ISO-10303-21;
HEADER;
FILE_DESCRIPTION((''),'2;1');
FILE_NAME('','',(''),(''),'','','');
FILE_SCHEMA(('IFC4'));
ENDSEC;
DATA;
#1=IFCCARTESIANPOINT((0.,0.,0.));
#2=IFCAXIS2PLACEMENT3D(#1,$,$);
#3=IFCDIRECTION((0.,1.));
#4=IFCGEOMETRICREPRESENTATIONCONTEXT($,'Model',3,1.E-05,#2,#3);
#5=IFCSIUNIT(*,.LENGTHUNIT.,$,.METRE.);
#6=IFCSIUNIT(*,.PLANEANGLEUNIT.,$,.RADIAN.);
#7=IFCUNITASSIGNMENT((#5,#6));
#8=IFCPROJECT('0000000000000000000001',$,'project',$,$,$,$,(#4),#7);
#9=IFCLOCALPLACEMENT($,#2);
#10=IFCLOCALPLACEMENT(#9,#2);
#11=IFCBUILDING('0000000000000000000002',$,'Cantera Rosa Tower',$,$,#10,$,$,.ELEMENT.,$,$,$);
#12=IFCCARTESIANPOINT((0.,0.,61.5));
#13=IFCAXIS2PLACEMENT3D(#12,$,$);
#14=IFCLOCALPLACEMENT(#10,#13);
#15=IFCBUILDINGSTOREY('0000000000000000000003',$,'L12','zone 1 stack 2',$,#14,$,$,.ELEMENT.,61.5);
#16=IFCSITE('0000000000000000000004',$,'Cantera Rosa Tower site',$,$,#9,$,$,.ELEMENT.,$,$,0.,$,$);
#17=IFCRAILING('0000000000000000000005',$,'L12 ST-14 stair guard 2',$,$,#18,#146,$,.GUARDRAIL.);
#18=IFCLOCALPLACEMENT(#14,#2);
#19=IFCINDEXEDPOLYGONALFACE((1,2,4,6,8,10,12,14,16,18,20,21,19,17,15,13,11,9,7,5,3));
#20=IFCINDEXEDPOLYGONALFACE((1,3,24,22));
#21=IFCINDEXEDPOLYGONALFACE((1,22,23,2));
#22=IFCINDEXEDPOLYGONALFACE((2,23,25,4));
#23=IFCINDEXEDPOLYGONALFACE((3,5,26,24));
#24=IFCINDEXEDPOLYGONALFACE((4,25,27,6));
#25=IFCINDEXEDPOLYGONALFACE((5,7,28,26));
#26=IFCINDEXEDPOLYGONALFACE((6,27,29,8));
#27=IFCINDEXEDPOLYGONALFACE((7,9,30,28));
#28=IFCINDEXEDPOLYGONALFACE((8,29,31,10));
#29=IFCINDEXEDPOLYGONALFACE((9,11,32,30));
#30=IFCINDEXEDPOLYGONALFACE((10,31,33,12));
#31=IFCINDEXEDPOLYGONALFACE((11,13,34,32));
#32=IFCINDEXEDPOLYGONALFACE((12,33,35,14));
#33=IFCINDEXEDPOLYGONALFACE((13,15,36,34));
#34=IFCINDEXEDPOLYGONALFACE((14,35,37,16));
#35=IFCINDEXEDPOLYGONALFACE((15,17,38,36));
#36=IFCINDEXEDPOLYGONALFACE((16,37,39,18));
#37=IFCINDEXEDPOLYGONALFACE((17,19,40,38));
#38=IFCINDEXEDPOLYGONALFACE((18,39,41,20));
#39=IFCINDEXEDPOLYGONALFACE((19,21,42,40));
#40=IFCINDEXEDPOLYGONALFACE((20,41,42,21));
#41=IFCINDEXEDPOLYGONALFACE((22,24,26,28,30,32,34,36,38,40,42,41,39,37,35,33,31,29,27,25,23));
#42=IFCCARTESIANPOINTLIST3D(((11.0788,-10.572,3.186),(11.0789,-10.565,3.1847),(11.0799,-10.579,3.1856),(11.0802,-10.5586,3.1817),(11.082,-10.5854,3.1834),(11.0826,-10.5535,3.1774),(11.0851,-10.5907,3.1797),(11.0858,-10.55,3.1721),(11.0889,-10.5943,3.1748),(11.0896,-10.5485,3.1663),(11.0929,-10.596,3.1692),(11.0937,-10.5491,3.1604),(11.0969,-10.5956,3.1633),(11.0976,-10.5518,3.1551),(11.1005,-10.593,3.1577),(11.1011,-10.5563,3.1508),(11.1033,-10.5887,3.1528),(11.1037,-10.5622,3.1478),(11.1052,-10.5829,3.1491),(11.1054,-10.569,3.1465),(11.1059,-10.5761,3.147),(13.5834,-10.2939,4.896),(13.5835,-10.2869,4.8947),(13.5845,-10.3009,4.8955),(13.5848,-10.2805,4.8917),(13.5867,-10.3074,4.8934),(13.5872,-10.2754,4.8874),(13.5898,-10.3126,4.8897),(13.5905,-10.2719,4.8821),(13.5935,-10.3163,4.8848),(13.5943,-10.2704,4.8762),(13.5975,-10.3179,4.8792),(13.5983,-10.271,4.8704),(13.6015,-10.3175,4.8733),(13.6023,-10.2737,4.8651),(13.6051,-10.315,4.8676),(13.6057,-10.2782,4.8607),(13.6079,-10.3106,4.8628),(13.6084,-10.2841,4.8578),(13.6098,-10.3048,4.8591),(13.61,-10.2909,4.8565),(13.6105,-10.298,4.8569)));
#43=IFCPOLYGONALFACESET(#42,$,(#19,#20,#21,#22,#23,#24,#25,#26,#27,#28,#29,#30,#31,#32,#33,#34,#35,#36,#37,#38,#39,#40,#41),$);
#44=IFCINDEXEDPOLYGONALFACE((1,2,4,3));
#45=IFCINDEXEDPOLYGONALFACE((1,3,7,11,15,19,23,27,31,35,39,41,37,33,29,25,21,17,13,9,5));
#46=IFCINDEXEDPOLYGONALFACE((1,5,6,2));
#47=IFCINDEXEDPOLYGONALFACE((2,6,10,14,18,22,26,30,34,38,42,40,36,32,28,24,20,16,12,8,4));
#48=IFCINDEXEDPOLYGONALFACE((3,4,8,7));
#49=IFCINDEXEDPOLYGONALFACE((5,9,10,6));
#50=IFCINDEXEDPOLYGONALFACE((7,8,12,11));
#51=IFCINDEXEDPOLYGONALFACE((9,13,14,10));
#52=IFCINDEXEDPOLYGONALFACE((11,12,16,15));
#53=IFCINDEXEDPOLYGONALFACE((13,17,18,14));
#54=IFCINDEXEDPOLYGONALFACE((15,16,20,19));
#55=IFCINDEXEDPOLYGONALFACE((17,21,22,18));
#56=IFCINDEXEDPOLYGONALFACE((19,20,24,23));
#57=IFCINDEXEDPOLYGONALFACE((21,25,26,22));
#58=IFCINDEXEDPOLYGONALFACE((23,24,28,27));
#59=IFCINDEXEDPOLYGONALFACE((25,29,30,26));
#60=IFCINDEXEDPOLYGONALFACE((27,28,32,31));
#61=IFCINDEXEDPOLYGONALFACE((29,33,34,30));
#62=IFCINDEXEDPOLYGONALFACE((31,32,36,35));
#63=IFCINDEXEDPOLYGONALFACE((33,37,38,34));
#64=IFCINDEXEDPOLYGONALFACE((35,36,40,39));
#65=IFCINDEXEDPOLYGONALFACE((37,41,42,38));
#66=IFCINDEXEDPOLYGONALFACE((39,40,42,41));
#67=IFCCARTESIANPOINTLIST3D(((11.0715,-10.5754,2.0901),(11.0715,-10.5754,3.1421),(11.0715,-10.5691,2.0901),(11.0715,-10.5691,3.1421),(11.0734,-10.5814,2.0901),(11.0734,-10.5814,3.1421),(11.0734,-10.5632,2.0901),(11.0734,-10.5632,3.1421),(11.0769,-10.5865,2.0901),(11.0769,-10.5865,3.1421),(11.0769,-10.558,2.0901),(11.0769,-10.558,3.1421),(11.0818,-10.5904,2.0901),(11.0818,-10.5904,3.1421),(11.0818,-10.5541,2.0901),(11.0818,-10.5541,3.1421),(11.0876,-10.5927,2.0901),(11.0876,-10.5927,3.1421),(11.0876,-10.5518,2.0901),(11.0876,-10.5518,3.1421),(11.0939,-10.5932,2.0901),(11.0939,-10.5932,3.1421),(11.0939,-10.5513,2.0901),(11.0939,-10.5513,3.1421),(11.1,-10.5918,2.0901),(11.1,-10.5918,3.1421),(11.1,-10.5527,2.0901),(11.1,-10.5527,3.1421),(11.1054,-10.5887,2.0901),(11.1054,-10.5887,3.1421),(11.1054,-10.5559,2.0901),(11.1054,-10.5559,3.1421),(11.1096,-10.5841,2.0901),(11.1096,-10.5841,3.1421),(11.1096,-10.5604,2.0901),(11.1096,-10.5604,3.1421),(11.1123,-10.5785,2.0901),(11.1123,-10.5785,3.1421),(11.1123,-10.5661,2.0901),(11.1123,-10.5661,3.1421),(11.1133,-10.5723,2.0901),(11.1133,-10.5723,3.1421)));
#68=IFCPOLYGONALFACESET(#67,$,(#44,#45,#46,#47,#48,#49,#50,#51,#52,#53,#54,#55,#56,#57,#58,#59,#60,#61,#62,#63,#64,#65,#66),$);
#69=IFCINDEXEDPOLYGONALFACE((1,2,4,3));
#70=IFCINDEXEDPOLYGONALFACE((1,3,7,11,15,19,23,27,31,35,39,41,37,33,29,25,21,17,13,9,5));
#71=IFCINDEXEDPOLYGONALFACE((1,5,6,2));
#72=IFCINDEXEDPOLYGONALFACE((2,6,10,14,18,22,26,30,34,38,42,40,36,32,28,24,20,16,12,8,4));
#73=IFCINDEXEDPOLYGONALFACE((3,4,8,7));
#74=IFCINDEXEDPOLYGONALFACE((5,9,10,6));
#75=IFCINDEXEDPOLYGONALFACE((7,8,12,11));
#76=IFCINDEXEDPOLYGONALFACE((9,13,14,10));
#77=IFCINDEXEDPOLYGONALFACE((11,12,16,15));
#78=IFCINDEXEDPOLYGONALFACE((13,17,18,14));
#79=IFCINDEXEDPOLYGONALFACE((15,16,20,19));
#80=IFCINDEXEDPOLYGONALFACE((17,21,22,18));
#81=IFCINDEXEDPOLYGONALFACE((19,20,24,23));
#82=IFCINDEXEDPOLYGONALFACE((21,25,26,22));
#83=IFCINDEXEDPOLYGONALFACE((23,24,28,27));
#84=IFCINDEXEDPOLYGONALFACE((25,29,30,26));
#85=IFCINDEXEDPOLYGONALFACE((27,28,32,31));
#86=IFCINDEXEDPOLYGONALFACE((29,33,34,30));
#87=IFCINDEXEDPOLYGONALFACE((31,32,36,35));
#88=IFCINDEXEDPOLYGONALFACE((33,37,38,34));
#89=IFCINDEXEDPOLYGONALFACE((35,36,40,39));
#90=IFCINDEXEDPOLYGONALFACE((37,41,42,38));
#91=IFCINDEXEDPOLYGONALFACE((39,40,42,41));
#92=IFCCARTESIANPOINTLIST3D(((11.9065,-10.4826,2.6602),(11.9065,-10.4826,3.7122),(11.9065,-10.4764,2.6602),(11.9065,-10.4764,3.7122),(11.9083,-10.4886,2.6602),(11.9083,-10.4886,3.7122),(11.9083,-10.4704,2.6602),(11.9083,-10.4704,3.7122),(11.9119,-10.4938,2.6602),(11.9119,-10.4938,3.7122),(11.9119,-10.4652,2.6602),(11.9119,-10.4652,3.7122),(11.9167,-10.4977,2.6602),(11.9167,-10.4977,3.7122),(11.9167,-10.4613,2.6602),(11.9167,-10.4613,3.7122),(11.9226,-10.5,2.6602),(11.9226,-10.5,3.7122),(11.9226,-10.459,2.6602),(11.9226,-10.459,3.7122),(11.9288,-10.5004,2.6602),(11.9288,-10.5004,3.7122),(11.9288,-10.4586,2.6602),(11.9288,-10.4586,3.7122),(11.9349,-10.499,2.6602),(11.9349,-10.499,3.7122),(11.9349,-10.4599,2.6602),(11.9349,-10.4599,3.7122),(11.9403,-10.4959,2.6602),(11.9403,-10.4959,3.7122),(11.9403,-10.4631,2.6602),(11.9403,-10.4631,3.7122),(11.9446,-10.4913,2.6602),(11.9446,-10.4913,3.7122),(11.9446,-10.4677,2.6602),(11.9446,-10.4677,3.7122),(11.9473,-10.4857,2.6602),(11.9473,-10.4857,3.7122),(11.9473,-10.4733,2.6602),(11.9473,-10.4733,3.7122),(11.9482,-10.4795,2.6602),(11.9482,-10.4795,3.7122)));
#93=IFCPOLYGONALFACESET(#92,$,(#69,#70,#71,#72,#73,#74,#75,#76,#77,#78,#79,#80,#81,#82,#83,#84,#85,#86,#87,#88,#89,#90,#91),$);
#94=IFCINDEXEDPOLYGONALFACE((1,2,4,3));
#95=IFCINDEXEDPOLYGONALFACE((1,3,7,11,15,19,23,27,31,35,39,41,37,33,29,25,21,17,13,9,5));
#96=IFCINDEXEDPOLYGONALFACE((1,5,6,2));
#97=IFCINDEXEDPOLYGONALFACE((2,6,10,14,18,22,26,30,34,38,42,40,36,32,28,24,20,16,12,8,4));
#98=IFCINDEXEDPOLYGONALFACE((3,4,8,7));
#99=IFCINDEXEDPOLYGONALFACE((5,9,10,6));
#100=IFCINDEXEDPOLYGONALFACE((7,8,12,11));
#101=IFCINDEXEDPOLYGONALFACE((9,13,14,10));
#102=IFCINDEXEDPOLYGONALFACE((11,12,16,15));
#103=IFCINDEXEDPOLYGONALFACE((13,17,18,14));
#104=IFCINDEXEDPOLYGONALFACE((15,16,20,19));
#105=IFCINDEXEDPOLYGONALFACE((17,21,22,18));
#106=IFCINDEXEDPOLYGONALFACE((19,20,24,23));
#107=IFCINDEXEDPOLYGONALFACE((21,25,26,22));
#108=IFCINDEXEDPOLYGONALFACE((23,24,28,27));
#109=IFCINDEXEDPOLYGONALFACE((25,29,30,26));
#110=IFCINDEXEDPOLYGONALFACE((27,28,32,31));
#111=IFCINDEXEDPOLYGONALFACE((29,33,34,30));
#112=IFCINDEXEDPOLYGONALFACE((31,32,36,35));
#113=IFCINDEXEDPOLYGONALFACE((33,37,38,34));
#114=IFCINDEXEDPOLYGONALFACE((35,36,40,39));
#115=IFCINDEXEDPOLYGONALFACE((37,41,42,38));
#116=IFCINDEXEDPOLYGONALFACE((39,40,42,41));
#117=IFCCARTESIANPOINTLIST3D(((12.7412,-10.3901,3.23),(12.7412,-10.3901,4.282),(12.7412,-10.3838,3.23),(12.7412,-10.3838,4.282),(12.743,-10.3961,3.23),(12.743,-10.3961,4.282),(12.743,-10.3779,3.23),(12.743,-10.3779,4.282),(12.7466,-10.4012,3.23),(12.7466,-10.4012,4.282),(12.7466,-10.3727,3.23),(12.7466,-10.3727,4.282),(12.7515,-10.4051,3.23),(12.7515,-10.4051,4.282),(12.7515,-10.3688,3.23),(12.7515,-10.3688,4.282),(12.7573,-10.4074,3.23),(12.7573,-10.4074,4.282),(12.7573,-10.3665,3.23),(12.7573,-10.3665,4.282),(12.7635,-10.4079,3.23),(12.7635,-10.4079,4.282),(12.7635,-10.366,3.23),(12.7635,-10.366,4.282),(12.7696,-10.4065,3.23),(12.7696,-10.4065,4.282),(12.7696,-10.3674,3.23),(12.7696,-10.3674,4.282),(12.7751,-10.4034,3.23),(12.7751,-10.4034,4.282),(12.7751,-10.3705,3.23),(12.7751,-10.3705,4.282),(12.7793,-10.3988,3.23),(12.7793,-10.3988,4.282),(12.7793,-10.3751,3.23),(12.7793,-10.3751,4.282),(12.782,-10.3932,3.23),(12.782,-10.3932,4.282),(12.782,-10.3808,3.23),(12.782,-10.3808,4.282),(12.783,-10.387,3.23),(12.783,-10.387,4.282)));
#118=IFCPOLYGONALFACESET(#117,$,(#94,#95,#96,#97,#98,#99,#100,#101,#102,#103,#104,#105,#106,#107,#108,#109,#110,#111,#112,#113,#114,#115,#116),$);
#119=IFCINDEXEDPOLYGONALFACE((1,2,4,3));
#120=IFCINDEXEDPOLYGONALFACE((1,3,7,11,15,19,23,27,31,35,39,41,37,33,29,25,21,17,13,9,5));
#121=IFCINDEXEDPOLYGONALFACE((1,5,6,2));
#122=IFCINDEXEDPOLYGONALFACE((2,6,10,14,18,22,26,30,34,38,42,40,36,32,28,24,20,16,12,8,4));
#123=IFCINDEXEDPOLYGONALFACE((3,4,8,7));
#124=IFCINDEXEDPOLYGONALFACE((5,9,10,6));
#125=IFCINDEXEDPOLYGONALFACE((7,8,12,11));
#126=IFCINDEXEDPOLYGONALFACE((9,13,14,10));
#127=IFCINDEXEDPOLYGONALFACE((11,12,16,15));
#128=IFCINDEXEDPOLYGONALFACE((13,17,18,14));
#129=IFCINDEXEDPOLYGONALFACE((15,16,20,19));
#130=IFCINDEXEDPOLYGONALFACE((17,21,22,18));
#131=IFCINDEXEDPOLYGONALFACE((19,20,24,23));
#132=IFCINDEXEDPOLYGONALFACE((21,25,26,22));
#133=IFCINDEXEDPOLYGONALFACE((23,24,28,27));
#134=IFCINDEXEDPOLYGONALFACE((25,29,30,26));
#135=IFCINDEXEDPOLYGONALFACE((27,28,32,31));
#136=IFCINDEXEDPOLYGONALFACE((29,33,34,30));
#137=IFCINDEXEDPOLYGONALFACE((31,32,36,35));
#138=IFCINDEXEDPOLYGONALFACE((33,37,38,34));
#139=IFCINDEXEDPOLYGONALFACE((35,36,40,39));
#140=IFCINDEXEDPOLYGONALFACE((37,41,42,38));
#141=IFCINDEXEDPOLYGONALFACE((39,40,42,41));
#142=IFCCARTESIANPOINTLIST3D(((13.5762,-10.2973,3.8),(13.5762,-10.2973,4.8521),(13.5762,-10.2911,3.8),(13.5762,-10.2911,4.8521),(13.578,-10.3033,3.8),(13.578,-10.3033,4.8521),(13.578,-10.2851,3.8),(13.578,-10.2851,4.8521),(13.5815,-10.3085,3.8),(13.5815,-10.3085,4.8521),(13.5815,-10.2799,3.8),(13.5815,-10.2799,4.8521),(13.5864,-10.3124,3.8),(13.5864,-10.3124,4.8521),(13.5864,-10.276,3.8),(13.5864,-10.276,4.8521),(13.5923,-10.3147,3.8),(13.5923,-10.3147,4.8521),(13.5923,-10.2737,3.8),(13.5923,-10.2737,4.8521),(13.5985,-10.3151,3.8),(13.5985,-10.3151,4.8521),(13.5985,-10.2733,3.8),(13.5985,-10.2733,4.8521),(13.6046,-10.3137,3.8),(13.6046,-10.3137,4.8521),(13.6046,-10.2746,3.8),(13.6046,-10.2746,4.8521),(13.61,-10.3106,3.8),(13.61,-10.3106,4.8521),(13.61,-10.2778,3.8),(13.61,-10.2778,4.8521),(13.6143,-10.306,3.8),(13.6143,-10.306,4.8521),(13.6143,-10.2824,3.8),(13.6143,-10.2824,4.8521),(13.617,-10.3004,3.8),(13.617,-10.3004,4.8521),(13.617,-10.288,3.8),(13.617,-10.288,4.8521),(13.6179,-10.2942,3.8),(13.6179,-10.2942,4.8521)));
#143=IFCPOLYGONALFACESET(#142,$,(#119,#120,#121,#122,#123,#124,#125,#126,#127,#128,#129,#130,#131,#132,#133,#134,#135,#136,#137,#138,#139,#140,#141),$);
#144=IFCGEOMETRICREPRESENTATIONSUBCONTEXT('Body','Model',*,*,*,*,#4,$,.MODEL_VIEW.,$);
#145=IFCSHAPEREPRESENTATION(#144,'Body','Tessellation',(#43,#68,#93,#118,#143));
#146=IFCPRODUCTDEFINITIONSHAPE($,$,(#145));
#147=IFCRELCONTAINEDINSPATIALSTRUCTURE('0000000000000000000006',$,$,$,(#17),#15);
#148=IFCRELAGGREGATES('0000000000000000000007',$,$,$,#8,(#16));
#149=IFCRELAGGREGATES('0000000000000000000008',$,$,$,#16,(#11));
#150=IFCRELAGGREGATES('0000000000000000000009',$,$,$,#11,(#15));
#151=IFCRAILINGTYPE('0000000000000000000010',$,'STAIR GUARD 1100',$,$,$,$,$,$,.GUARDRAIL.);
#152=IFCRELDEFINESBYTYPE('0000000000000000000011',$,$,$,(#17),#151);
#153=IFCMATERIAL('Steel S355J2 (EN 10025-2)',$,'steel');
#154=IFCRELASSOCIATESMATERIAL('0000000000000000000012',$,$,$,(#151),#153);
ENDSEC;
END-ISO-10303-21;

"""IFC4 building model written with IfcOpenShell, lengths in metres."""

from ifc_helpers import new_model, si_unit, direction, frame, origin, origin_2d, place, context, subcontext, project, spatial, circle, extrude, material, type_object, element, save


model = new_model("IFC4")

# Units and contexts
model_context = context("Model", 3, precision=1e-05, world=origin(), true_north=direction((0.0, 1.0)))
body_context = subcontext(model_context, "Body", "Model", "MODEL_VIEW")
ifc_project = project(units=[si_unit("LENGTHUNIT", "METRE"), si_unit("PLANEANGLEUNIT", "RADIAN")], contexts=[model_context])

# Site, building, storey
site_placement = place(None, origin())
site = spatial("IfcSite", under=ifc_project, at=site_placement, Name="Cantera Rosa Tower site", CompositionType="ELEMENT", RefElevation=0.0)
building_placement = place(site_placement, origin())
building = spatial("IfcBuilding", under=site, at=building_placement, Name="Cantera Rosa Tower", CompositionType="ELEMENT")
storey_placement = place(building_placement, frame((0.0, 0.0, 61.5)))
storey = spatial("IfcBuildingStorey", under=building, at=storey_placement, Name="L12", Description="zone 1 stack 2", CompositionType="ELEMENT", Elevation=61.5)

# Railing
ifc_material_1 = material(Name="Steel S355J2 (EN 10025-2)", Category="steel")
railing_type_1 = type_object("IfcRailingType", Name="STAIR GUARD 1100", PredefinedType="GUARDRAIL", material=ifc_material_1)
railing_1_placement = place(storey_placement, frame((11.0923, -10.5723, 2.0901)))
element("IfcRailing", 1, at=railing_1_placement, inside=storey, type_object=railing_type_1, Name="L12 ST-14 stair guard 2", PredefinedType="GUARDRAIL", context=body_context, shape_type="SweptSolid", body=[
    extrude(circle(Radius=0.0239, at=origin_2d()), frame((0.0, 0.0, 1.0762), z_axis=(0.822431, 0.09131, 0.561488), x_axis=(-0.110346, 0.993893, 0.0)), (0.0, 0.0, 1.0), 3.0454),
    extrude(circle(Radius=0.021, at=origin_2d()), origin(), (0.0, 0.0, 1.0), 1.052),
    extrude(circle(Radius=0.021, at=origin_2d()), frame((0.835, 0.0928, 0.5701)), (0.0, 0.0, 1.0), 1.052),
    extrude(circle(Radius=0.021, at=origin_2d()), frame((1.6697, 0.1853, 1.1399)), (0.0, 0.0, 1.0), 1.052),
    extrude(circle(Radius=0.021, at=origin_2d()), frame((2.5046, 0.2781, 1.71)), (0.0, 0.0, 1.0), 1.052),
])

save(model, "model.ifc")
